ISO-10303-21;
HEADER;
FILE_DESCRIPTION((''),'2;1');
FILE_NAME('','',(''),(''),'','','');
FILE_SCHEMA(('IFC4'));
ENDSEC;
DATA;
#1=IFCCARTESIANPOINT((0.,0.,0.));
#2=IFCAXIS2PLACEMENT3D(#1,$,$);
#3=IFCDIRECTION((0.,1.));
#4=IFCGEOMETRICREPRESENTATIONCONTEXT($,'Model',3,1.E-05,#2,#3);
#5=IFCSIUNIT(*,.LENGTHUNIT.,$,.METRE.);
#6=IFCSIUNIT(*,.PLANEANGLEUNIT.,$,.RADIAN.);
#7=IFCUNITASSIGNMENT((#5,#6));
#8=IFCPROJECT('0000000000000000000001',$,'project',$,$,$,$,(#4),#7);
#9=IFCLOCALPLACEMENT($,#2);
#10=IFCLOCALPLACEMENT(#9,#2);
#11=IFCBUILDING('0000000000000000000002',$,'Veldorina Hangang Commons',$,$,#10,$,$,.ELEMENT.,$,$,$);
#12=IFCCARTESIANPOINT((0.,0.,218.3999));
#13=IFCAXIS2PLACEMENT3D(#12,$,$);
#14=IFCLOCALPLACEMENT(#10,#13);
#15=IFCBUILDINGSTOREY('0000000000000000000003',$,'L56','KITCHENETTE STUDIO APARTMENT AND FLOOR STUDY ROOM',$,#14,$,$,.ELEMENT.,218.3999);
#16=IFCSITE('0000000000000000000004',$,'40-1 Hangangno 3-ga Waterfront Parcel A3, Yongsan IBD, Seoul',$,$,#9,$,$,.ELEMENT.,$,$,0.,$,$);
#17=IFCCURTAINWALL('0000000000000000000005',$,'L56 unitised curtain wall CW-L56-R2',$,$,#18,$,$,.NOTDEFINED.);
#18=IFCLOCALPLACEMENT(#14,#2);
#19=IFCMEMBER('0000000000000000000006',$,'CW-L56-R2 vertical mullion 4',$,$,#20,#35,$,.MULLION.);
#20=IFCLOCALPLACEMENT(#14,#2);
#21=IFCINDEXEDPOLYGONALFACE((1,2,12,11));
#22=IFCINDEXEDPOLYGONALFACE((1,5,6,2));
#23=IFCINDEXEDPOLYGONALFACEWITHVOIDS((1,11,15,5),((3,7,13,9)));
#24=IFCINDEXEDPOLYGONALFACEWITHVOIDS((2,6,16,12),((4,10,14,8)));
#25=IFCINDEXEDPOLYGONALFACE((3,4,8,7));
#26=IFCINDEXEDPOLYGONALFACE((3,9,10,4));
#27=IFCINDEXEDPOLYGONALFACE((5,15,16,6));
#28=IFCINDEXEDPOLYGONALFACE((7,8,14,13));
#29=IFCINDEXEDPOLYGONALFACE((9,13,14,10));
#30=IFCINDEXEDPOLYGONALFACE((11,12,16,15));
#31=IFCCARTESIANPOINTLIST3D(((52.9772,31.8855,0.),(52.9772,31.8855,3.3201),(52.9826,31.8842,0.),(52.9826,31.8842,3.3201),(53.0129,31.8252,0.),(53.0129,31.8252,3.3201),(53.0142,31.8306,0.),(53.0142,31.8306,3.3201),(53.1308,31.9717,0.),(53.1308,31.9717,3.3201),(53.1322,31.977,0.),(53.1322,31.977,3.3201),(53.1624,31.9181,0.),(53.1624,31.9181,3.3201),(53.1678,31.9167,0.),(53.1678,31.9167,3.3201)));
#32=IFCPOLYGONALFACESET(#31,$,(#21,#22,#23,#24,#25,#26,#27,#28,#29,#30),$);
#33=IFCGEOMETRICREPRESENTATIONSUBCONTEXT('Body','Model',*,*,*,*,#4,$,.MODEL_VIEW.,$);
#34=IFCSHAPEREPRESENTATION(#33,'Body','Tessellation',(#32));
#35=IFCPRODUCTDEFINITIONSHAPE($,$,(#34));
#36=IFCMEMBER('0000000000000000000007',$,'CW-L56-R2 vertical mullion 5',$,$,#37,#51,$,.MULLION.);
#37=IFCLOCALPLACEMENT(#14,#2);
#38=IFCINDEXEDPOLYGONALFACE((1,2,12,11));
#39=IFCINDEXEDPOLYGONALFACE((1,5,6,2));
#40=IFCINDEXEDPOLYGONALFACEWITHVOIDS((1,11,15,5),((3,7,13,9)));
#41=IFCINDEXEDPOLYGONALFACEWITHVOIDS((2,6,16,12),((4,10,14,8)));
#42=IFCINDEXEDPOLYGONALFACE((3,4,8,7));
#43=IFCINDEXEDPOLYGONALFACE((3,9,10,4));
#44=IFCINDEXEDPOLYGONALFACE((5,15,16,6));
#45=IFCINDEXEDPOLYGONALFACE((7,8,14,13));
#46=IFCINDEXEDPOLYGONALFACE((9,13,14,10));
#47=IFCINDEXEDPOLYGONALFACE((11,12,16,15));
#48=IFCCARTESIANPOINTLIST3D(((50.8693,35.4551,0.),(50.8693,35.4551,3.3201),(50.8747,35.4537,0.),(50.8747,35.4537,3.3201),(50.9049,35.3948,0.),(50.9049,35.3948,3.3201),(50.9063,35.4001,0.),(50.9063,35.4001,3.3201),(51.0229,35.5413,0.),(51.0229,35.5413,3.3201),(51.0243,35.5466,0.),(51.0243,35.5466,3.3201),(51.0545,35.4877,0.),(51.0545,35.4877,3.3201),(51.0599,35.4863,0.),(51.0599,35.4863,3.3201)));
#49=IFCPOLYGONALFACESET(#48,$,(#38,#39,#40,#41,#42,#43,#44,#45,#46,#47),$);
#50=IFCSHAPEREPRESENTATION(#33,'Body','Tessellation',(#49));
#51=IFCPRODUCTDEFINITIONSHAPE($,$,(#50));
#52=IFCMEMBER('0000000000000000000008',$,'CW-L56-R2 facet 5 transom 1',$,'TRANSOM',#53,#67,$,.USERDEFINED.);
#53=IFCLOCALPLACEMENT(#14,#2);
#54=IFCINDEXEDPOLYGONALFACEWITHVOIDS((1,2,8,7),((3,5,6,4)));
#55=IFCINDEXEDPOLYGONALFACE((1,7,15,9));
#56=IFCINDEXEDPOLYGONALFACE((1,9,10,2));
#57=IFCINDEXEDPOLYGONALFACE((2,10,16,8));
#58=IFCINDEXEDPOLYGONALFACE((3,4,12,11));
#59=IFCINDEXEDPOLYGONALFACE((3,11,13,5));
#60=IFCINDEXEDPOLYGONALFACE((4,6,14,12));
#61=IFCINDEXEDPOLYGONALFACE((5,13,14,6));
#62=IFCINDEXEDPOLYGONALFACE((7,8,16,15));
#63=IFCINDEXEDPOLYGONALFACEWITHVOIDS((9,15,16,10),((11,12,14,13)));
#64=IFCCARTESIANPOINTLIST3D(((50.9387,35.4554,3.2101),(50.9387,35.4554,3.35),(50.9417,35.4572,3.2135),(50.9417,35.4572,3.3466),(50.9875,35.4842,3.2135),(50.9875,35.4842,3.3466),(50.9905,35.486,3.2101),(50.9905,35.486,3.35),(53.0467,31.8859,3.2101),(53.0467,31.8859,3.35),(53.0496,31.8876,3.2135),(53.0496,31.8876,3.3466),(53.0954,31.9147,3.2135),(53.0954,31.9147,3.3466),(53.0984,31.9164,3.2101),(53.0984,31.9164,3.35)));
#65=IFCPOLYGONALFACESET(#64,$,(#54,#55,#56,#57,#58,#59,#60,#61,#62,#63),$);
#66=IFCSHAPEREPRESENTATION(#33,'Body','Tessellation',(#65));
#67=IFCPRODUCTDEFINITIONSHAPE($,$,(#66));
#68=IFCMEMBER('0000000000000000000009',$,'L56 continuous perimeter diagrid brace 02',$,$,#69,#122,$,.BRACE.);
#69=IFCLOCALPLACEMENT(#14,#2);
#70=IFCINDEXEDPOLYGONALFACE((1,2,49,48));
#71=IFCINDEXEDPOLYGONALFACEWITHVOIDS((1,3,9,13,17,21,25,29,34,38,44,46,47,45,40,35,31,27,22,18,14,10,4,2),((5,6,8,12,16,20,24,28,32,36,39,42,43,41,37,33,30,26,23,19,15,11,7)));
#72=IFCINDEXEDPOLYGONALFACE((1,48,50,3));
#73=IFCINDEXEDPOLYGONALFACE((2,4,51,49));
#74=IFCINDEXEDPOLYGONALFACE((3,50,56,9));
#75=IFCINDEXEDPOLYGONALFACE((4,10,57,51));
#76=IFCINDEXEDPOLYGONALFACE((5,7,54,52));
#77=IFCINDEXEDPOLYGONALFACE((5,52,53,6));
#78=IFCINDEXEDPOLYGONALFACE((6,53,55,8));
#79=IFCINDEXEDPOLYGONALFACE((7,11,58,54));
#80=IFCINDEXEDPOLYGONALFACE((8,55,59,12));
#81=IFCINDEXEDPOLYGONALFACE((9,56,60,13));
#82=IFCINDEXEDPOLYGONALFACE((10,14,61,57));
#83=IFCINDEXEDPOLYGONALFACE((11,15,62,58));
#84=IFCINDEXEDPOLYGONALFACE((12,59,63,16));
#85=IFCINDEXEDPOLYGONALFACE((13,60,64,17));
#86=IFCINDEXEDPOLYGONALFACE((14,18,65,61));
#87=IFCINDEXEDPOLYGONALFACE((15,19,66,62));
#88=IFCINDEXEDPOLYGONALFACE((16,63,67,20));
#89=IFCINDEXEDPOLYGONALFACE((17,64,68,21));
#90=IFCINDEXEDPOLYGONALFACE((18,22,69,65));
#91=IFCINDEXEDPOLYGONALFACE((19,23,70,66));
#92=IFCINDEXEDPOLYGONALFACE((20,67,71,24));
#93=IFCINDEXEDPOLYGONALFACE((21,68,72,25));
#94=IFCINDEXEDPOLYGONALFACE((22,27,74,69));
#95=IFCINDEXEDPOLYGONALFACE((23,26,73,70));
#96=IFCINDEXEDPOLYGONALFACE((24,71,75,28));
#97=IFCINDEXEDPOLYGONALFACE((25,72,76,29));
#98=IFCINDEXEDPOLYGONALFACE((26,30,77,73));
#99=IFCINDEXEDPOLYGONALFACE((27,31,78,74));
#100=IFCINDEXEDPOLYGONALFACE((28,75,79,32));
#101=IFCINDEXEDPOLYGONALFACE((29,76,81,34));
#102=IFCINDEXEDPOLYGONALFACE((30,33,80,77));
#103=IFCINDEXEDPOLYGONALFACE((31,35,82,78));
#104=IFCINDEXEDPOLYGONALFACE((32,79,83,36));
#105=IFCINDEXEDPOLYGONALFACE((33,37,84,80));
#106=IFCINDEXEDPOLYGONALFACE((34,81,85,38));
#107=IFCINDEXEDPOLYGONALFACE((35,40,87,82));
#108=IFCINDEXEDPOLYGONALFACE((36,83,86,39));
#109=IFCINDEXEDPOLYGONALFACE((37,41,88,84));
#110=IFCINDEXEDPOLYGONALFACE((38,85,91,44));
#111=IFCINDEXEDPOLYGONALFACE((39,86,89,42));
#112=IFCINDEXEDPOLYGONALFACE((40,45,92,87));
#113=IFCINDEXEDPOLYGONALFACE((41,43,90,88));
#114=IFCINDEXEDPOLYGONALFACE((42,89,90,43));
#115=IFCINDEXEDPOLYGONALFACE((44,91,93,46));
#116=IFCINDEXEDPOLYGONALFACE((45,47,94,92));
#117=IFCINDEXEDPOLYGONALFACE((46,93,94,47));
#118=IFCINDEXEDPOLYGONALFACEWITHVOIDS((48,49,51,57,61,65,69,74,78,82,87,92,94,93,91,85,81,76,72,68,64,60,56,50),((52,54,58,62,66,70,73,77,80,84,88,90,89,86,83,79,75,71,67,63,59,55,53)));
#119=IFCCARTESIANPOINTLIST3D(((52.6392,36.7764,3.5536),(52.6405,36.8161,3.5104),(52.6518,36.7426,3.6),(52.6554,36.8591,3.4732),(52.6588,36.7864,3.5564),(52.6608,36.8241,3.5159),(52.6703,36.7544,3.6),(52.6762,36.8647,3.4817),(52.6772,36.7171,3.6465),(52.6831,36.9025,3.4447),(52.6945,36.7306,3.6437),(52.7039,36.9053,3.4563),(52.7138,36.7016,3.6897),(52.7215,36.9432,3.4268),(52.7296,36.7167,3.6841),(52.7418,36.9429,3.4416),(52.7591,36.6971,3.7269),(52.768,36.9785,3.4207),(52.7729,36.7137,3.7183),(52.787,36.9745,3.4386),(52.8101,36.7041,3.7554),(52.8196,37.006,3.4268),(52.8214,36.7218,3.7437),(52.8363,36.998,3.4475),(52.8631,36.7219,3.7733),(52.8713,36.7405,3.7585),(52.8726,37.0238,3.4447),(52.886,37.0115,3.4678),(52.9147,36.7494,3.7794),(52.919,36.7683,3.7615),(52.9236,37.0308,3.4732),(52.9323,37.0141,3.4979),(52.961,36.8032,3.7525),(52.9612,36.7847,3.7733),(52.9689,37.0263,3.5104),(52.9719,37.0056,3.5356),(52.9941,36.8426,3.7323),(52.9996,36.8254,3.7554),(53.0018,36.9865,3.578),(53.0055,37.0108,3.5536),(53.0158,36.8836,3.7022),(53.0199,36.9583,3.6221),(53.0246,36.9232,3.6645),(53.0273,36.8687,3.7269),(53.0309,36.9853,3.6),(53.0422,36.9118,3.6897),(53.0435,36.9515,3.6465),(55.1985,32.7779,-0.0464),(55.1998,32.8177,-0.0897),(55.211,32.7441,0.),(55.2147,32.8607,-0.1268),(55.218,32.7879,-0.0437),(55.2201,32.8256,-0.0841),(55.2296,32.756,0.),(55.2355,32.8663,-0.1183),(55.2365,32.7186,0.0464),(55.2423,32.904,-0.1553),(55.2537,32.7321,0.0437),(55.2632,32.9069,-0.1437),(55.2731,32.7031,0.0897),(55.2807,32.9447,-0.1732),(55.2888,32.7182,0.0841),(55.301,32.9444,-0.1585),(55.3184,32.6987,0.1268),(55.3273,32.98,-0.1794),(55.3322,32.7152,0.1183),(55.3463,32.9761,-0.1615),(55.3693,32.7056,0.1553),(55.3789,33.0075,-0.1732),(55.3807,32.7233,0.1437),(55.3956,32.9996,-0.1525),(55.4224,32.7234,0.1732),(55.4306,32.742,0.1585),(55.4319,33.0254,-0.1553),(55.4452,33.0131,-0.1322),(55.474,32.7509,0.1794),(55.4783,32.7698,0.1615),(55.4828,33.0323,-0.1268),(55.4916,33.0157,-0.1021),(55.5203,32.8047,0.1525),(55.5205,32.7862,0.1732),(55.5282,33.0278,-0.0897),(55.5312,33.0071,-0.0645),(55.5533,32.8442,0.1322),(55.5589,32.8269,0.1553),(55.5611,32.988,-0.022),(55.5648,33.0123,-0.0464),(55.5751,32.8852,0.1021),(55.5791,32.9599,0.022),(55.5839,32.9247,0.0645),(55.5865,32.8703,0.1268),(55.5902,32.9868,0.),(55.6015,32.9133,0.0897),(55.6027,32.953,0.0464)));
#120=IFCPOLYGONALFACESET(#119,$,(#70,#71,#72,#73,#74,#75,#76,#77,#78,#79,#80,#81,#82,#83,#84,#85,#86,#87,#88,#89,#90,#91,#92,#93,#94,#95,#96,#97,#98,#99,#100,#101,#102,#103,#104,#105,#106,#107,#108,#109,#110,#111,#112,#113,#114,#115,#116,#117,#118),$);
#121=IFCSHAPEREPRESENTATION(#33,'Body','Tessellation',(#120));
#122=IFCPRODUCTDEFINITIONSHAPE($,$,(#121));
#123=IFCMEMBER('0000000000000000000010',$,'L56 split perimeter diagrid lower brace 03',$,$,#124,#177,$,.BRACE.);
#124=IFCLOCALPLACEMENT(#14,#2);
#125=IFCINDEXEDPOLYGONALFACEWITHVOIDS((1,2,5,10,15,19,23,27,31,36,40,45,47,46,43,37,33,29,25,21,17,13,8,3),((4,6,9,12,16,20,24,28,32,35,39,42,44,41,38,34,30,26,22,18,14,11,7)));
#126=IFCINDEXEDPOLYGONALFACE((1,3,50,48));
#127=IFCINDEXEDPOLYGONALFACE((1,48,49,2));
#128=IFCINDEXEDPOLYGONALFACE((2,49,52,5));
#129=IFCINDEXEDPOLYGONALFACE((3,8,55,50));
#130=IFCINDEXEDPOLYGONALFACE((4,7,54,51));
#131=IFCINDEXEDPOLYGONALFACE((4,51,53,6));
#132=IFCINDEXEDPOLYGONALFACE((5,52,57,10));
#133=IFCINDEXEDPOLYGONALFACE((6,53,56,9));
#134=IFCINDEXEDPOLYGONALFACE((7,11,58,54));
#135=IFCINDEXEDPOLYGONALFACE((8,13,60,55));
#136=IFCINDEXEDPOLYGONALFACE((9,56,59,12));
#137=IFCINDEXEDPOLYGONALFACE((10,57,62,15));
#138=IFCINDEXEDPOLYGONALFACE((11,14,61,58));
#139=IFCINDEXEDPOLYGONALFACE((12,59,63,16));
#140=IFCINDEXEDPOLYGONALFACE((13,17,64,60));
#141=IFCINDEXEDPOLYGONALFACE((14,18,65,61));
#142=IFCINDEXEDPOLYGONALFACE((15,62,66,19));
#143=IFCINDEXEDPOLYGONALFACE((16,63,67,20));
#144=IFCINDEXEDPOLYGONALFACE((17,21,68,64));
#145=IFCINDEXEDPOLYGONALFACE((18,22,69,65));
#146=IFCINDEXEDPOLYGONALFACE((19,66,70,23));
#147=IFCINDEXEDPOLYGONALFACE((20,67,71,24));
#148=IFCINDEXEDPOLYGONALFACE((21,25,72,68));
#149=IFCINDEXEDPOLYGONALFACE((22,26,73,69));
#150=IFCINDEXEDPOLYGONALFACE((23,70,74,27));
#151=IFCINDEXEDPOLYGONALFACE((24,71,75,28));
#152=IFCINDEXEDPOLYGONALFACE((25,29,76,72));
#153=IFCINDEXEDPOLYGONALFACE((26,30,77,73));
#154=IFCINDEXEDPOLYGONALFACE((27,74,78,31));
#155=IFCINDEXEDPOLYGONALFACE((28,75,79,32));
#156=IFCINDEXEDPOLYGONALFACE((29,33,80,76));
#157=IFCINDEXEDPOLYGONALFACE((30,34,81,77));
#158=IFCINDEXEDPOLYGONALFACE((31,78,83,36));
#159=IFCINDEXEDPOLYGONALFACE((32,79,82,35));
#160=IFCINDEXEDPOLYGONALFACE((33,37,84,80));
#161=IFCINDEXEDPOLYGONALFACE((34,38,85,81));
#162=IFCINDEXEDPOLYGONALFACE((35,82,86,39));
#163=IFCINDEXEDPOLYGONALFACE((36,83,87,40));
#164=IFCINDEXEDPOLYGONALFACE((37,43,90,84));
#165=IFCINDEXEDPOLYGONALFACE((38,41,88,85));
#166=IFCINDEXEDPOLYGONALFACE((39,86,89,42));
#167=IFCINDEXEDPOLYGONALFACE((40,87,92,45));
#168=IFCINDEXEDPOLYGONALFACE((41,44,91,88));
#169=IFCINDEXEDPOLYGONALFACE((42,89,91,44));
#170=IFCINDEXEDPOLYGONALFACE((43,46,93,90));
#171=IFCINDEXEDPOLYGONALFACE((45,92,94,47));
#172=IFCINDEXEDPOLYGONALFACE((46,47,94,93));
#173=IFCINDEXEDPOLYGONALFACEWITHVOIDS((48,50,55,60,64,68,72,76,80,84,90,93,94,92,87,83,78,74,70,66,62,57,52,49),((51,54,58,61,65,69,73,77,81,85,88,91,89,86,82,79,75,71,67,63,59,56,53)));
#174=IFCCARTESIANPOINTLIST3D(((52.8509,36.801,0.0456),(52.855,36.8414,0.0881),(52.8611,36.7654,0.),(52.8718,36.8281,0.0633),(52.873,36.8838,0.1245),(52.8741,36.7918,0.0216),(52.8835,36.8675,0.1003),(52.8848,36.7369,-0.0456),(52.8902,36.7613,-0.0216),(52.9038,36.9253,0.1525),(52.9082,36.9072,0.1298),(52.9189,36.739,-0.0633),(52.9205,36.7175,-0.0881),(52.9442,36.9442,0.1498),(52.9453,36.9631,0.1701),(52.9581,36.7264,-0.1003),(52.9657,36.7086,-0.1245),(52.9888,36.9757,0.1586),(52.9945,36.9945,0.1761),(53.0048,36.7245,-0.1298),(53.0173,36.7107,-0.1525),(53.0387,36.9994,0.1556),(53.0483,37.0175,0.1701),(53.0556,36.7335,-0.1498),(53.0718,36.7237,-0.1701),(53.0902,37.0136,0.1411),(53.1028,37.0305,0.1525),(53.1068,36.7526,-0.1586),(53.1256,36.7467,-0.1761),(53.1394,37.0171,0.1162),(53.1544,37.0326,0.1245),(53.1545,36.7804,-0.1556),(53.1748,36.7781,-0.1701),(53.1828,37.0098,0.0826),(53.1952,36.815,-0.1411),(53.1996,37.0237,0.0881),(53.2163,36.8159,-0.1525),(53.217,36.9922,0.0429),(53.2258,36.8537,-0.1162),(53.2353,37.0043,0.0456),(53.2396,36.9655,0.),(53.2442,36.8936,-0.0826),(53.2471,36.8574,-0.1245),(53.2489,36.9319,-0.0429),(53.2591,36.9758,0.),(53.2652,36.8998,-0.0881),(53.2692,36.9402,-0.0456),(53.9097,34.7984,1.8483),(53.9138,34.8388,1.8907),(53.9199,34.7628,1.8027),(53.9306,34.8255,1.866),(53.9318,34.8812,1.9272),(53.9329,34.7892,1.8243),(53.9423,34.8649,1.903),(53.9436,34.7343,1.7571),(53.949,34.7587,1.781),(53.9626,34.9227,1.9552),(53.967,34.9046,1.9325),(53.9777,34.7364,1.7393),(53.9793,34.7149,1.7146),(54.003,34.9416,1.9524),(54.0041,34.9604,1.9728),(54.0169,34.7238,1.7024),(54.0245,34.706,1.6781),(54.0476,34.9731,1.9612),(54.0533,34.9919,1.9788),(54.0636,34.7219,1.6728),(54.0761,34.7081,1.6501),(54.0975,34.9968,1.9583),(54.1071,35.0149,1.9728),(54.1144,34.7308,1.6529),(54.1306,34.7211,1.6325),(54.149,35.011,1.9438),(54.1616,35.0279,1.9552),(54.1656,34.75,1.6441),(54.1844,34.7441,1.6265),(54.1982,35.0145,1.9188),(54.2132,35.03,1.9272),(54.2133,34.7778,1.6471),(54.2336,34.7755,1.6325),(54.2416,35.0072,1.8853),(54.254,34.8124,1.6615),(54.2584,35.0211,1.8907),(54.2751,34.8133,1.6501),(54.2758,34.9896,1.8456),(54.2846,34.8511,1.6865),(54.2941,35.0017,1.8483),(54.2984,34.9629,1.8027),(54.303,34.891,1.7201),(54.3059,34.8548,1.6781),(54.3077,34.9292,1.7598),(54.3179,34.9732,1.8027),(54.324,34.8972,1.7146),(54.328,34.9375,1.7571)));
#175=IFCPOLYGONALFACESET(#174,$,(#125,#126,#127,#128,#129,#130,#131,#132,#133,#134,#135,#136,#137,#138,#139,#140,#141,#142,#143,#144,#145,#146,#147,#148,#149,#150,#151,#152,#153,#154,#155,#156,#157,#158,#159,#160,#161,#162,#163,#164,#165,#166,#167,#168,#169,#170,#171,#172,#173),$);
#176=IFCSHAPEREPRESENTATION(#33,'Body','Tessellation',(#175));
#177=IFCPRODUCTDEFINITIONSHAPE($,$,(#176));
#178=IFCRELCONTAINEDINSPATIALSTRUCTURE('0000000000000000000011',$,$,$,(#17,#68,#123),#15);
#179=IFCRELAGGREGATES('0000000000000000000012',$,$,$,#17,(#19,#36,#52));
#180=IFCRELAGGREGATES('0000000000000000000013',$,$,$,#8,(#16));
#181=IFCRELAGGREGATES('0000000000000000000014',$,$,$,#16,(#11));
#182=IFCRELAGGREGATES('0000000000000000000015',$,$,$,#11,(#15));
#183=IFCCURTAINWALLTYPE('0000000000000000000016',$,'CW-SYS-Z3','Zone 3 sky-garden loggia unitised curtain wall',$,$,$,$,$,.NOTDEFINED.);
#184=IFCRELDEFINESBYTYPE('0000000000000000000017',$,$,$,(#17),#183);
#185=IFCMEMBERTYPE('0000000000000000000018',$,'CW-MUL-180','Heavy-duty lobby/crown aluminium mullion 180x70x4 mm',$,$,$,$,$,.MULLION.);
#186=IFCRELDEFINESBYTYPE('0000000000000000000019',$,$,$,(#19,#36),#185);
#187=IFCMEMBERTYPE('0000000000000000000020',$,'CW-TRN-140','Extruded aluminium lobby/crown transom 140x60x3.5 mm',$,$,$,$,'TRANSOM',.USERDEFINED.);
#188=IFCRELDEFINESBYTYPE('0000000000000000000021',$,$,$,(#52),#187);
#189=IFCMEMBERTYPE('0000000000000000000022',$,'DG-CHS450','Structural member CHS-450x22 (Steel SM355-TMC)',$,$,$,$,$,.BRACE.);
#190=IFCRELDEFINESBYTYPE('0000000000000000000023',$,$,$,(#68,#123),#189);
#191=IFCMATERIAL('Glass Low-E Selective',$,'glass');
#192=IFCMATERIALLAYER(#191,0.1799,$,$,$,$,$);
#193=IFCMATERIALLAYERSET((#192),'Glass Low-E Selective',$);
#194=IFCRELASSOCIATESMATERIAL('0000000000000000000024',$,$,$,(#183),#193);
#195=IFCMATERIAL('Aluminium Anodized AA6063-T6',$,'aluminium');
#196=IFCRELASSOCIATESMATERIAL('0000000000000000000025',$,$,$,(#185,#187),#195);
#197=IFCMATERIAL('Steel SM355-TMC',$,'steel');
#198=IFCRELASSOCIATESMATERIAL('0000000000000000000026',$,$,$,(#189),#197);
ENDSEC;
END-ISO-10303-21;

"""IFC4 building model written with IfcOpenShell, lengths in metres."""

from ifc_helpers import new_model, si_unit, direction, frame, origin, origin_2d, place, context, subcontext, project, spatial, hollow_rectangle, hollow_circle, extrude, material, layer, layer_set, material_profile, profile_set, type_object, element, aggregate, save


model = new_model("IFC4")

# Units and contexts
model_context = context("Model", 3, precision=1e-05, world=origin(), true_north=direction((0.0, 1.0)))
body_context = subcontext(model_context, "Body", "Model", "MODEL_VIEW")
ifc_project = project(units=[si_unit("LENGTHUNIT", "METRE"), si_unit("PLANEANGLEUNIT", "RADIAN")], contexts=[model_context])

# Site, building, storey
site_placement = place(None, origin())
site = spatial("IfcSite", under=ifc_project, at=site_placement, Name="40-1 Hangangno 3-ga Waterfront Parcel A3, Yongsan IBD, Seoul", CompositionType="ELEMENT", RefElevation=0.0)
building_placement = place(site_placement, origin())
building = spatial("IfcBuilding", under=site, at=building_placement, Name="Veldorina Hangang Commons", CompositionType="ELEMENT")
storey_placement = place(building_placement, frame((0.0, 0.0, 218.3999)))
storey = spatial("IfcBuildingStorey", under=building, at=storey_placement, Name="L56", Description="KITCHENETTE STUDIO APARTMENT AND FLOOR STUDY ROOM", CompositionType="ELEMENT", Elevation=218.3999)

# Shared definitions
ifc_material_1 = material(Name="Steel SM355-TMC", Category="steel")

# Curtain wall, members
ifc_material_2 = material(Name="Glass Low-E Selective", Category="glass")
ifc_layer_1 = layer(ifc_material_2, 0.1799)
ifc_layer_set_1 = layer_set([ifc_layer_1], Name="Glass Low-E Selective")
curtain_wall_type = type_object("IfcCurtainWallType", Name="CW-SYS-Z3", Description="Zone 3 sky-garden loggia unitised curtain wall", PredefinedType="NOTDEFINED", material=ifc_layer_set_1)
curtain_wall_placement = place(storey_placement, origin())
curtain_wall = element("IfcCurtainWall", 1, at=curtain_wall_placement, inside=storey, type_object=curtain_wall_type, Name="L56 unitised curtain wall CW-L56-R2", PredefinedType="NOTDEFINED")
ifc_material_3 = material(Name="Aluminium Anodized AA6063-T6", Category="aluminium")
ifc_material_profile_1 = material_profile(ifc_material_3, hollow_rectangle(XDim=0.0701, YDim=0.1799, WallThickness=0.0039, at=origin_2d()), Name="ALU-RHS-180x70x4")
ifc_profile_set_1 = profile_set([ifc_material_profile_1], Name="Aluminium Anodized AA6063-T6")
member_type_1 = type_object("IfcMemberType", Name="CW-MUL-180", Description="Heavy-duty lobby/crown aluminium mullion 180x70x4 mm", PredefinedType="MULLION", material=ifc_profile_set_1)
member_1_placement = place(storey_placement, frame((53.0725, 31.9011, 0.0), z_axis=(0.0, 0.0, 1.0), x_axis=(-0.50847, 0.861079, 0.0)))
member_1 = element("IfcMember", 2, at=member_1_placement, type_object=member_type_1, Name="CW-L56-R2 vertical mullion 4", PredefinedType="MULLION", context=body_context, shape_type="SweptSolid", body=[
    extrude(hollow_rectangle(XDim=0.0701, YDim=0.1799, WallThickness=0.0039, at=origin_2d()), origin(), (0.0, 0.0, 1.0), 3.3201),
])
member_2_placement = place(storey_placement, frame((50.9646, 35.4707, 0.0), z_axis=(0.0, 0.0, 1.0), x_axis=(0.50847, -0.861079, 0.0)))
member_2 = element("IfcMember", 3, at=member_2_placement, type_object=member_type_1, Name="CW-L56-R2 vertical mullion 5", PredefinedType="MULLION", context=body_context, shape_type="SweptSolid", body=[
    extrude(hollow_rectangle(XDim=0.0701, YDim=0.1799, WallThickness=0.0039, at=origin_2d()), origin(), (0.0, 0.0, 1.0), 3.3201),
])
ifc_material_profile_2 = material_profile(ifc_material_3, hollow_rectangle(XDim=0.0601, YDim=0.1399, WallThickness=0.0034, at=origin_2d()), Name="ALU-RHS-140x60x3.5")
ifc_profile_set_2 = profile_set([ifc_material_profile_2], Name="Aluminium Anodized AA6063-T6")
member_type_2 = type_object("IfcMemberType", Name="CW-TRN-140", Description="Extruded aluminium lobby/crown transom 140x60x3.5 mm", ElementType="TRANSOM", PredefinedType="USERDEFINED", material=ifc_profile_set_2)
member_3_placement = place(storey_placement, frame((53.0725, 31.9011, 3.28), z_axis=(-0.508481, 0.861073, 0.0), x_axis=(-0.861073, -0.508481, 0.0)))
member_3 = element("IfcMember", 4, at=member_3_placement, type_object=member_type_2, Name="CW-L56-R2 facet 5 transom 1", ObjectType="TRANSOM", PredefinedType="USERDEFINED", context=body_context, shape_type="SweptSolid", body=[
    extrude(hollow_rectangle(XDim=0.0601, YDim=0.1399, WallThickness=0.0034, at=origin_2d()), origin(), (0.0, 0.0, 1.0), 4.1455),
])

# Members
ifc_material_profile_3 = material_profile(ifc_material_1, hollow_circle(Radius=0.2251, WallThickness=0.022, at=origin_2d()), Name="CHS-450x22")
ifc_profile_set_3 = profile_set([ifc_material_profile_3], Name="Steel SM355-TMC")
member_type_3 = type_object("IfcMemberType", Name="DG-CHS450", Description="Structural member CHS-450x22 (Steel SM355-TMC)", PredefinedType="BRACE", material=ifc_profile_set_3)
member_4_placement = place(storey_placement, frame((55.4006, 32.8655, 0.0), z_axis=(-0.429553, 0.671107, 0.604234), x_axis=(-0.842246, -0.539093, 0.0)))
element("IfcMember", 5, at=member_4_placement, inside=storey, type_object=member_type_3, Name="L56 continuous perimeter diagrid brace 02", PredefinedType="BRACE", context=body_context, shape_type="SweptSolid", body=[
    extrude(hollow_circle(Radius=0.2251, WallThickness=0.022, at=origin_2d()), origin(), (0.0, 0.0, 1.0), 5.958),
])
member_5_placement = place(storey_placement, frame((53.0601, 36.8706, 0.0), z_axis=(0.365732, -0.691745, 0.62268), x_axis=(0.884045, 0.467402, 0.0)))
element("IfcMember", 6, at=member_5_placement, inside=storey, type_object=member_type_3, Name="L56 split perimeter diagrid lower brace 03", PredefinedType="BRACE", context=body_context, shape_type="SweptSolid", body=[
    extrude(hollow_circle(Radius=0.2251, WallThickness=0.022, at=origin_2d()), origin(), (0.0, 0.0, 1.0), 2.895),
])

aggregate(curtain_wall, [member_1, member_2, member_3])

save(model, "model.ifc")
